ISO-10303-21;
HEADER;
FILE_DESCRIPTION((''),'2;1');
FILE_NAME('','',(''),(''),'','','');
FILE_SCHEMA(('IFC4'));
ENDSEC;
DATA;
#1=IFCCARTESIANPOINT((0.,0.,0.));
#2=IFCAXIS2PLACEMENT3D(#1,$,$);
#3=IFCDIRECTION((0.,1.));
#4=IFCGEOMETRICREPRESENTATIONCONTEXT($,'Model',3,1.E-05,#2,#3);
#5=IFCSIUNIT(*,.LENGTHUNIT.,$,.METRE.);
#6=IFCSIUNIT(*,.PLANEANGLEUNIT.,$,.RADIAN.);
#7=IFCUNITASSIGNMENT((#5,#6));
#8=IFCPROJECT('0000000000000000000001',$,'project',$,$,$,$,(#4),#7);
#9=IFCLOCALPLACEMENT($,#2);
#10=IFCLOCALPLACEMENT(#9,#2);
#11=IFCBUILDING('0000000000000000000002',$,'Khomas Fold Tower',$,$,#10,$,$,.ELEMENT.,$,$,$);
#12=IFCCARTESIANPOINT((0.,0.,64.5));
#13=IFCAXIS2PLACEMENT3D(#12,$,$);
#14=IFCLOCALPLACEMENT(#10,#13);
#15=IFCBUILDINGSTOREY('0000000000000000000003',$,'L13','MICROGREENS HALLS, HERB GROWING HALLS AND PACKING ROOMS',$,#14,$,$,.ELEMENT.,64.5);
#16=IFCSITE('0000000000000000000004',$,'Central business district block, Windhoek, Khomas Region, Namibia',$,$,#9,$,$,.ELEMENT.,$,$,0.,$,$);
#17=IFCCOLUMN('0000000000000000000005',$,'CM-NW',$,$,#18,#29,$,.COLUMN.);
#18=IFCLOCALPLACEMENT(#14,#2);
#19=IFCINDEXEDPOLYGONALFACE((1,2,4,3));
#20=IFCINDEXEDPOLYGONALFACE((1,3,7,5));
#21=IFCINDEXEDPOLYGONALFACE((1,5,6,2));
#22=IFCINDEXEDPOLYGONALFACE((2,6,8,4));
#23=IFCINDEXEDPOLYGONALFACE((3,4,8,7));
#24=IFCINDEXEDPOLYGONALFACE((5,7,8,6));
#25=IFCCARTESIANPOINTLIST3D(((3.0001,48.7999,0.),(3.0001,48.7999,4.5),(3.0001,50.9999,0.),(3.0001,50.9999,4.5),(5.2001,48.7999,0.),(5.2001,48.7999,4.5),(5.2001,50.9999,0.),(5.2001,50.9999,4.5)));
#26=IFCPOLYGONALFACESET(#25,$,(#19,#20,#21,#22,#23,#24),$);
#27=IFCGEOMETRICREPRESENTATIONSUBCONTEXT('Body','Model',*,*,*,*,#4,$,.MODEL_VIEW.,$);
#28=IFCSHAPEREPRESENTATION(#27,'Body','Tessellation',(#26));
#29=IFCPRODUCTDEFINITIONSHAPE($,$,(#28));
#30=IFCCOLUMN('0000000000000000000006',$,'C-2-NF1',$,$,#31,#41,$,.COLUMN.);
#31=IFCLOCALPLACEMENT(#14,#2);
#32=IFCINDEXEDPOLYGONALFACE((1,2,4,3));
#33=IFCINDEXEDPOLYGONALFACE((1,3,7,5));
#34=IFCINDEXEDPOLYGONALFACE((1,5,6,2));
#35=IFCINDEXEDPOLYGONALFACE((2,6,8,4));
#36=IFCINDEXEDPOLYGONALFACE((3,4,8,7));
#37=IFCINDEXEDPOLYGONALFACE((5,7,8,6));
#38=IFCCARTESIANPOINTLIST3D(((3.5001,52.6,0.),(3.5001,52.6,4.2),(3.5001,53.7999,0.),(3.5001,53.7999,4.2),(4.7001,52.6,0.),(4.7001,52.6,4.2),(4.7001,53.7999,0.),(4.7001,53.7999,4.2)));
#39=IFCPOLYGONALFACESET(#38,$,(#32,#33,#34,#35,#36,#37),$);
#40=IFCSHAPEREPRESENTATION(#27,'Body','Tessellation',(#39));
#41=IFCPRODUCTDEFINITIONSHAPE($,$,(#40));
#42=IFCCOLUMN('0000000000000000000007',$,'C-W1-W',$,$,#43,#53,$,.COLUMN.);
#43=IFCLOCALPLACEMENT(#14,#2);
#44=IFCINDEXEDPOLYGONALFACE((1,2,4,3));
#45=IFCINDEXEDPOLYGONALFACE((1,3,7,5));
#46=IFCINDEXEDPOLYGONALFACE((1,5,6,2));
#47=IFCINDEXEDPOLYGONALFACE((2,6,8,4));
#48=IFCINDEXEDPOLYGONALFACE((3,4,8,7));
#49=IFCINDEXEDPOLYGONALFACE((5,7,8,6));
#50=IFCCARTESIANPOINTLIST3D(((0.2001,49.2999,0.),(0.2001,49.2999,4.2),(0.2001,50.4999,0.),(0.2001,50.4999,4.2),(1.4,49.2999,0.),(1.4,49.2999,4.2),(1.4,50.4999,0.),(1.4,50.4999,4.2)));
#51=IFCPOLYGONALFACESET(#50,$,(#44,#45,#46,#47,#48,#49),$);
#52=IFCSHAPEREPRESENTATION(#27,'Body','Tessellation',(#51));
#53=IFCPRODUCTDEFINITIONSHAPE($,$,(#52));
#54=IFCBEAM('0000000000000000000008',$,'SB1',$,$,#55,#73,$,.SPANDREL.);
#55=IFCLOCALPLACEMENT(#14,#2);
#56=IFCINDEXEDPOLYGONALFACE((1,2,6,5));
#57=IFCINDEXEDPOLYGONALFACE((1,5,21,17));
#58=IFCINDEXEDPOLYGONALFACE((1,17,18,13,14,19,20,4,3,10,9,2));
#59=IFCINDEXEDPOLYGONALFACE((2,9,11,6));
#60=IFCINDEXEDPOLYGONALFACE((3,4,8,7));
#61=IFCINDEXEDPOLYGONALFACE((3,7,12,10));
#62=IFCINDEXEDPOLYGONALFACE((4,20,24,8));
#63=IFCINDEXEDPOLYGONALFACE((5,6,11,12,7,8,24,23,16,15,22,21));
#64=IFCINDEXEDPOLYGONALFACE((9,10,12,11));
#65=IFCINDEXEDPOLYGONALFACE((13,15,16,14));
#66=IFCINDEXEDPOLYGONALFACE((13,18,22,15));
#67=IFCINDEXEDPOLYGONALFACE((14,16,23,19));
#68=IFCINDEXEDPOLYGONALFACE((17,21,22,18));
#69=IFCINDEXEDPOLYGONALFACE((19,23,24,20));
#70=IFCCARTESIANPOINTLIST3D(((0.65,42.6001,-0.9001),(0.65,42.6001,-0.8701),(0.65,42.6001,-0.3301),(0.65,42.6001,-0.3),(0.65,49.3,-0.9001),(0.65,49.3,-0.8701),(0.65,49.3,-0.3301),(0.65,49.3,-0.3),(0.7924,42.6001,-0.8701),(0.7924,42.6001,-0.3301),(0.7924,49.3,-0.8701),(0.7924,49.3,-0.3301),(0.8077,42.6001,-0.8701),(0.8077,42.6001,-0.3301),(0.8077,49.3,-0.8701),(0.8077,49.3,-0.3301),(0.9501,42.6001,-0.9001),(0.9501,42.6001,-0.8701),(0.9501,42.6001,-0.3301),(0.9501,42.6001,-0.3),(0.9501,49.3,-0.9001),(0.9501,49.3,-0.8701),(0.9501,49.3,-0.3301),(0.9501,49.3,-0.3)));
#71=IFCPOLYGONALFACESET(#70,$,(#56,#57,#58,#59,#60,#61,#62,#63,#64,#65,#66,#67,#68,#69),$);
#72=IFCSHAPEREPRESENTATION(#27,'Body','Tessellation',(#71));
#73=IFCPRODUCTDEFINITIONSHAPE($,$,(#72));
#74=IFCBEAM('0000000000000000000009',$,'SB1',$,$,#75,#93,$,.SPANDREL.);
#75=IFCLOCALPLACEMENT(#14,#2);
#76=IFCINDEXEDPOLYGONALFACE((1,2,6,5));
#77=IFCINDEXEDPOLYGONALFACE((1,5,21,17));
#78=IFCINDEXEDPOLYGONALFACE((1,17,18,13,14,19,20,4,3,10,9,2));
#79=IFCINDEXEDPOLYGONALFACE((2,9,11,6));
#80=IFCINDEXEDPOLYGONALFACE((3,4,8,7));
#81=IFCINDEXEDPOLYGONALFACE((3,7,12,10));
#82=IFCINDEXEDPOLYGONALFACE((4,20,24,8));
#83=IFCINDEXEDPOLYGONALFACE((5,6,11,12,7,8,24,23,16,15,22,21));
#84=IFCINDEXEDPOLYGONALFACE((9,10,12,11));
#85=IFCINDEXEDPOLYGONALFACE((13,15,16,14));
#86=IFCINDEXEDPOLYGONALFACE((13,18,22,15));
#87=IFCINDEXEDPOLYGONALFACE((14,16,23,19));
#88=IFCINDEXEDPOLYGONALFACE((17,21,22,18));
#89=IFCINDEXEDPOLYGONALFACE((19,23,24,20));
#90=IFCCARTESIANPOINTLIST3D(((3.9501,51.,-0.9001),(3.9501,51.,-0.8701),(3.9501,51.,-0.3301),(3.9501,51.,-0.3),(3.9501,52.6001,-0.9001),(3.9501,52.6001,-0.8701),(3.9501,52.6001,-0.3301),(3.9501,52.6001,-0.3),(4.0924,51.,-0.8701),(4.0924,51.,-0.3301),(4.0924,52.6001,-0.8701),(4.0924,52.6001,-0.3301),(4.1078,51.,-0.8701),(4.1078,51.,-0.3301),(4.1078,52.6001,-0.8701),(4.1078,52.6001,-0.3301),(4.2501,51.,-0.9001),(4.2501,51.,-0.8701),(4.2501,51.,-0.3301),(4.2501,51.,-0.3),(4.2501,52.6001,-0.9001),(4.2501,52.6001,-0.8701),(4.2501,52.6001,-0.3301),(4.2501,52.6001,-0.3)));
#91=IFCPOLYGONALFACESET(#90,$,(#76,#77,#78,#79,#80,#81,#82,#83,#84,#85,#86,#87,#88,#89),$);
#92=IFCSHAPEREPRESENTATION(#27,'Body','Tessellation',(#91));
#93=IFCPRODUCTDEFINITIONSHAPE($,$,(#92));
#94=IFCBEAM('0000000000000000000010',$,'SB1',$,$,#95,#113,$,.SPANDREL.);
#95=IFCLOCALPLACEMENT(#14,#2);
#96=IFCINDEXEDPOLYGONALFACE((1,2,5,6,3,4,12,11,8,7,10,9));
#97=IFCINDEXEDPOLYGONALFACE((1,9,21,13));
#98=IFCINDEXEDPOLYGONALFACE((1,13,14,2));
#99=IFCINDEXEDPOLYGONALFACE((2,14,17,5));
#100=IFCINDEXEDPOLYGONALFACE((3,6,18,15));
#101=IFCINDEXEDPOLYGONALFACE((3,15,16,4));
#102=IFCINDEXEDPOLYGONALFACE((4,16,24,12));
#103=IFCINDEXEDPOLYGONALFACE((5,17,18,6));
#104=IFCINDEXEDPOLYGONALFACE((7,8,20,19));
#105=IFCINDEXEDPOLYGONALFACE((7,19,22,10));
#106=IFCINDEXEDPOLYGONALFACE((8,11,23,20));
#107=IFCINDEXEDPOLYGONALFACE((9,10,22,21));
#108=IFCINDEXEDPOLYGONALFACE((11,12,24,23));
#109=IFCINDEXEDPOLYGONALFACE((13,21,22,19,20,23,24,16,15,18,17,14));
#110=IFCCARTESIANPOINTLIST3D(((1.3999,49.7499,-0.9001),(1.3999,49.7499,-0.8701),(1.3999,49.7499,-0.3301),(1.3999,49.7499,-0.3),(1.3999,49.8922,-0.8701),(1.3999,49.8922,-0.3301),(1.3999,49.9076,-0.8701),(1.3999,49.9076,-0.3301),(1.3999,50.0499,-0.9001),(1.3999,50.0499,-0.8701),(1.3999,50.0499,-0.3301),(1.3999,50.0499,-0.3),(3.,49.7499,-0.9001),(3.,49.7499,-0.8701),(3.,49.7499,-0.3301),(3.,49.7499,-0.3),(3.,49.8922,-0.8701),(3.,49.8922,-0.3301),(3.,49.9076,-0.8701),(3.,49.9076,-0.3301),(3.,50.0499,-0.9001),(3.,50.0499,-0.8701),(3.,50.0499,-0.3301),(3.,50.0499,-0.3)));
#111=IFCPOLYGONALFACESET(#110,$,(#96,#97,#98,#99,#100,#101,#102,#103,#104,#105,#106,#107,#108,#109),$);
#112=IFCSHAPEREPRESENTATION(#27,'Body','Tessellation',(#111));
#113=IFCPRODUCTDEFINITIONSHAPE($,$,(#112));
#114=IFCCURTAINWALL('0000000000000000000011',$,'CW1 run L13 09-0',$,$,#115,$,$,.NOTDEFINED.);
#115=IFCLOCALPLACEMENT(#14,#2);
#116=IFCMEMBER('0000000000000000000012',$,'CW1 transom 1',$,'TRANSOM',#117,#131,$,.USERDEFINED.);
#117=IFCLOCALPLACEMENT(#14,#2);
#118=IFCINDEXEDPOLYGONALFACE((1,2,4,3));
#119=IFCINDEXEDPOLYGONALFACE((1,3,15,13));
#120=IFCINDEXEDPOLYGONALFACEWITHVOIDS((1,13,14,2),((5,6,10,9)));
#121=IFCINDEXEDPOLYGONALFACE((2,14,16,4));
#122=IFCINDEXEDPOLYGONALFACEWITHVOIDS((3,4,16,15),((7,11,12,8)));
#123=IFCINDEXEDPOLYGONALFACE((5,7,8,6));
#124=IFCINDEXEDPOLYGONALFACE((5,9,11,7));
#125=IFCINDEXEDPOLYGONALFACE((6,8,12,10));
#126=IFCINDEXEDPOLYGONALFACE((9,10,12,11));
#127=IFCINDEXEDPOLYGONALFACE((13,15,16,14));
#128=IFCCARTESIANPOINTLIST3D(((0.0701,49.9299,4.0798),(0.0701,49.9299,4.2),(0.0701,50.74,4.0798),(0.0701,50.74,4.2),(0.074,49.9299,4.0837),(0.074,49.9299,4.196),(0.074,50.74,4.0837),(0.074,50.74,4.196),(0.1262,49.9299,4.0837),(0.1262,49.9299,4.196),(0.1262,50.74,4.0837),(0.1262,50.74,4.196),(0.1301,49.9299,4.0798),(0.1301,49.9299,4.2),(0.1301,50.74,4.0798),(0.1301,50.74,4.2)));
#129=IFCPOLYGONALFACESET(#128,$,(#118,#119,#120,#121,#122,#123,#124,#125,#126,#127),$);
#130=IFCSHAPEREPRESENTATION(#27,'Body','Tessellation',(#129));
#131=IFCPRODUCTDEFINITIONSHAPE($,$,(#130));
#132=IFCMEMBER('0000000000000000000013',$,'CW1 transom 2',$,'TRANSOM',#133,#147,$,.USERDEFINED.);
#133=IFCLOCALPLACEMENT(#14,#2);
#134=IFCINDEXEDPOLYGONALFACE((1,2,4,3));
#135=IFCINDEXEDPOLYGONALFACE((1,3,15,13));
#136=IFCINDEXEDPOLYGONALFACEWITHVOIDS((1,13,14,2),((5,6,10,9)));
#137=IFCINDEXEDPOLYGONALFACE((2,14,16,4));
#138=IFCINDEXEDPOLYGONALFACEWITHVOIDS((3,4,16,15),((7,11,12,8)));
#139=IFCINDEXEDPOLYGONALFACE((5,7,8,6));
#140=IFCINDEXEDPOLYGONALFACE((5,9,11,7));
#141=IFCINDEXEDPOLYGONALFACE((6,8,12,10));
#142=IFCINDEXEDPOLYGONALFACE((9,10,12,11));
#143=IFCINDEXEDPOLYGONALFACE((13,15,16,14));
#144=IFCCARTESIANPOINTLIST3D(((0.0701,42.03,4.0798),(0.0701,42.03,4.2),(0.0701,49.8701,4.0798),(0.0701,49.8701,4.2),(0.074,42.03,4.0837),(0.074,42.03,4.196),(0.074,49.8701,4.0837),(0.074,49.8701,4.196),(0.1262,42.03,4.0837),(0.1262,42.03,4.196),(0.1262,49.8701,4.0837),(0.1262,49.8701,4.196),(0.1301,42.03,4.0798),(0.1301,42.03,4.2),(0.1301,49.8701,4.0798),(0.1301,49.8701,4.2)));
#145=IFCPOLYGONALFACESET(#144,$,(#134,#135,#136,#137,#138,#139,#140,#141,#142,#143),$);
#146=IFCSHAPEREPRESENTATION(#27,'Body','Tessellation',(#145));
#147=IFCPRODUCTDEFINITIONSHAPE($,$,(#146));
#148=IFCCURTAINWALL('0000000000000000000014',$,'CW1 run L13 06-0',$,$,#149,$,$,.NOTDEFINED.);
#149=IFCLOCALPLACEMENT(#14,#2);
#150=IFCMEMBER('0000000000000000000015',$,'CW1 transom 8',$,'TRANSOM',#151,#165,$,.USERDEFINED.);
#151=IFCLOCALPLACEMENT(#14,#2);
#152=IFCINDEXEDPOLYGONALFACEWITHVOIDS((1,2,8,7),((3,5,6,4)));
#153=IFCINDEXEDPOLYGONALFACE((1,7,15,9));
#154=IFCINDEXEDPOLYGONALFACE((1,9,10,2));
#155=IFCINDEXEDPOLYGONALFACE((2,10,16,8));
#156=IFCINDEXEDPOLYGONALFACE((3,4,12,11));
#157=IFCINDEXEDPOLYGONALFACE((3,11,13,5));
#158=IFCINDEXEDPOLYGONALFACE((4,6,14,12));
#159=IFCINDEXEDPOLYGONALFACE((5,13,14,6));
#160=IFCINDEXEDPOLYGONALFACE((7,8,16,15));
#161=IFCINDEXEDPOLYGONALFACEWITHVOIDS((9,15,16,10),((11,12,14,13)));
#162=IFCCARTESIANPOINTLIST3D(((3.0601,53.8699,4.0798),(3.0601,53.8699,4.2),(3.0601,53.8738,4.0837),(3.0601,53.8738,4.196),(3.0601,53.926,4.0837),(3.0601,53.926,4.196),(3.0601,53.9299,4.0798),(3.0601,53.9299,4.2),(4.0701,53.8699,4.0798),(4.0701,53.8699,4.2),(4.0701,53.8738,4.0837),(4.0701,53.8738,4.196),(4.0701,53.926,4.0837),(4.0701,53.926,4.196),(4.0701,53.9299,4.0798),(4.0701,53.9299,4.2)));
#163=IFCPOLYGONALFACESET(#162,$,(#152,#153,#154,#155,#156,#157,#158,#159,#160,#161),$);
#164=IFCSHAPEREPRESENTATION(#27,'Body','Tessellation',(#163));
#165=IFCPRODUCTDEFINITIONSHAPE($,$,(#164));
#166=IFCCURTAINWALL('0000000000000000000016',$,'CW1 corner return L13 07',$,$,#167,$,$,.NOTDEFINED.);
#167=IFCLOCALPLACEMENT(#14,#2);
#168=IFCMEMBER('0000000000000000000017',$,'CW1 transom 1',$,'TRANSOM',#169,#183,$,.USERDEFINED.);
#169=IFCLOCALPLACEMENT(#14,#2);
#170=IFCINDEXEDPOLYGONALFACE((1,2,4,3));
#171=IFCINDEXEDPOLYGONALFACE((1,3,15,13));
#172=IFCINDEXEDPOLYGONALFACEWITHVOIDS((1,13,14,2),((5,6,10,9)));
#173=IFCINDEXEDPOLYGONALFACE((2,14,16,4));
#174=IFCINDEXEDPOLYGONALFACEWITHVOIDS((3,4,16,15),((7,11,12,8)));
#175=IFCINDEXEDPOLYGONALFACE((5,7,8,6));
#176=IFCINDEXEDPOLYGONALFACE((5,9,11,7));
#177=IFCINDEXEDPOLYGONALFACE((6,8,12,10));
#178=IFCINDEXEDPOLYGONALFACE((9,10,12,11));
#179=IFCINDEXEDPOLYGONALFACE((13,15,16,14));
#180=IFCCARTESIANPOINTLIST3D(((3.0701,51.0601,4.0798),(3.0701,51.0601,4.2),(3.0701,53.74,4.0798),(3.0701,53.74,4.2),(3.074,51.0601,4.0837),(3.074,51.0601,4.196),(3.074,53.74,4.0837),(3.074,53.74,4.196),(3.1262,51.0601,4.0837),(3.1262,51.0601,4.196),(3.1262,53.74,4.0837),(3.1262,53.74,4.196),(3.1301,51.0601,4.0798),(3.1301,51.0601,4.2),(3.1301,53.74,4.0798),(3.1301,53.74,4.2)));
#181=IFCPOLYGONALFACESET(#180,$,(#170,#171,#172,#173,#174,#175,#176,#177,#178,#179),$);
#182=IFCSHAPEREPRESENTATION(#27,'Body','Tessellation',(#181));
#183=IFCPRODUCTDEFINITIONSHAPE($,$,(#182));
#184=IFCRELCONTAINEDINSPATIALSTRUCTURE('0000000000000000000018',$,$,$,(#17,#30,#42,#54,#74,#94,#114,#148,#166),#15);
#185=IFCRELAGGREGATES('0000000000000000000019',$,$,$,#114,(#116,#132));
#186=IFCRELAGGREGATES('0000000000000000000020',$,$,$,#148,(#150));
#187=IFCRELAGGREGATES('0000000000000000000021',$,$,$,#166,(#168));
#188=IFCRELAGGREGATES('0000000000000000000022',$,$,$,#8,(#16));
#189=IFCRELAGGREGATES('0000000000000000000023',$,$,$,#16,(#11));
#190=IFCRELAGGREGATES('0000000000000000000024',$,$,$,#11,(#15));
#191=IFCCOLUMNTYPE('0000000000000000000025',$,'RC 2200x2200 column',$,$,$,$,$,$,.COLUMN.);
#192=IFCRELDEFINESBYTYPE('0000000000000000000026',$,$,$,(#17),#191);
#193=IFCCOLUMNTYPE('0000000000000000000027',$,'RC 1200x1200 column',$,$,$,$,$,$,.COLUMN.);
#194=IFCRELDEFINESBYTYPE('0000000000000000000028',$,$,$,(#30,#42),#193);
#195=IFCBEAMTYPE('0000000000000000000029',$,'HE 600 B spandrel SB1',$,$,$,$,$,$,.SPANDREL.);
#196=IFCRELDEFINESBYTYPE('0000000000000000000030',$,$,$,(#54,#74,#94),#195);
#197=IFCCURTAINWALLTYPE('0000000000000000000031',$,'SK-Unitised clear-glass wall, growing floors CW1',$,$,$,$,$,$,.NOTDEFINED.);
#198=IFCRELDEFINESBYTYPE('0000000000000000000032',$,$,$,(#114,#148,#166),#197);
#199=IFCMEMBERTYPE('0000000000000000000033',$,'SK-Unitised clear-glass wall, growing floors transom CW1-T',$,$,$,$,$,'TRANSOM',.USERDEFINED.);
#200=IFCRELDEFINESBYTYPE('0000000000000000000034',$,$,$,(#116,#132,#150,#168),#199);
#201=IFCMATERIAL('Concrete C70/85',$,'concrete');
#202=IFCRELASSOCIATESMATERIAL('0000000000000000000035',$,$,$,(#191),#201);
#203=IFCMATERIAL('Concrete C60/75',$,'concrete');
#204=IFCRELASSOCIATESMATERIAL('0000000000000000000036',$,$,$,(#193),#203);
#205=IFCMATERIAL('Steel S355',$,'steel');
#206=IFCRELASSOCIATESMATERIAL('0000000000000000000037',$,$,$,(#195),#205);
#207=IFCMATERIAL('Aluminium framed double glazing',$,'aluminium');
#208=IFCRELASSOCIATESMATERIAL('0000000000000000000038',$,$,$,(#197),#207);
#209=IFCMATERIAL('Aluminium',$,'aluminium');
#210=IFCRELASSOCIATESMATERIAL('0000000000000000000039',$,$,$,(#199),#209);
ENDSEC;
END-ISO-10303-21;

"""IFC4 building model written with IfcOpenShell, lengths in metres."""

from ifc_helpers import new_model, si_unit, direction, frame, origin, origin_2d, place, context, subcontext, project, spatial, rectangle, hollow_rectangle, i_section, extrude, source, transform, mapped, material, material_profile, profile_set, type_object, element, aggregate, save


model = new_model("IFC4")

# Units and contexts
model_context = context("Model", 3, precision=1e-05, world=origin(), true_north=direction((0.0, 1.0)))
body_context = subcontext(model_context, "Body", "Model", "MODEL_VIEW")
ifc_project = project(units=[si_unit("LENGTHUNIT", "METRE"), si_unit("PLANEANGLEUNIT", "RADIAN")], contexts=[model_context])

# Site, building, storey
site_placement = place(None, origin())
site = spatial("IfcSite", under=ifc_project, at=site_placement, Name="Central business district block, Windhoek, Khomas Region, Namibia", CompositionType="ELEMENT", RefElevation=0.0)
building_placement = place(site_placement, origin())
building = spatial("IfcBuilding", under=site, at=building_placement, Name="Khomas Fold Tower", CompositionType="ELEMENT")
storey_placement = place(building_placement, frame((0.0, 0.0, 64.5)))
storey = spatial("IfcBuildingStorey", under=building, at=storey_placement, Name="L13", Description="MICROGREENS HALLS, HERB GROWING HALLS AND PACKING ROOMS", CompositionType="ELEMENT", Elevation=64.5)

# Columns
ifc_material_1 = material(Name="Concrete C70/85", Category="concrete")
ifc_material_profile_1 = material_profile(ifc_material_1, rectangle(XDim=2.2, YDim=2.2, at=origin_2d()), Name="RC 2200x2200")
ifc_profile_set_1 = profile_set([ifc_material_profile_1], Name="Concrete C70/85")
column_type_1 = type_object("IfcColumnType", Name="RC 2200x2200 column", PredefinedType="COLUMN", material=ifc_profile_set_1)
shared_shape_1 = source(origin(), body_context, "Body", "SweptSolid", [
    extrude(rectangle(XDim=2.2, YDim=2.2, at=origin_2d()), origin(), (0.0, 0.0, 1.0), 4.5),
])
column_placement = place(storey_placement, frame((4.1001, 49.8999, 0.0), z_axis=(0.0, 0.0, 1.0), x_axis=(1.0, 0.0, 0.0)))
element("IfcColumn", 1, at=column_placement, inside=storey, type_object=column_type_1, Name="CM-NW", PredefinedType="COLUMN", context=body_context, shape_type="MappedRepresentation", body=[
    mapped(shared_shape_1, transform((0.0, 0.0, 0.0))),
])
ifc_material_2 = material(Name="Concrete C60/75", Category="concrete")
ifc_material_profile_2 = material_profile(ifc_material_2, rectangle(XDim=1.2, YDim=1.2, at=origin_2d()), Name="RC 1200x1200")
ifc_profile_set_2 = profile_set([ifc_material_profile_2], Name="Concrete C60/75")
column_type_2 = type_object("IfcColumnType", Name="RC 1200x1200 column", PredefinedType="COLUMN", material=ifc_profile_set_2)
shared_shape_2 = source(origin(), body_context, "Body", "SweptSolid", [
    extrude(rectangle(XDim=1.2, YDim=1.2, at=origin_2d()), origin(), (0.0, 0.0, 1.0), 4.2),
])
for number, where, z_axis, x_axis, name in (
    (2, (4.1001, 53.2, 0.0), (0.0, 0.0, 1.0), (1.0, 0.0, 0.0), "C-2-NF1"),
    (3, (0.8, 49.8999, 0.0), (0.0, 0.0, 1.0), (1.0, 0.0, 0.0), "C-W1-W"),
):
    element("IfcColumn", number, at=place(storey_placement, frame(where, z_axis=z_axis, x_axis=x_axis)), inside=storey, type_object=column_type_2, Name=name, PredefinedType="COLUMN", context=body_context, shape_type="MappedRepresentation", body=[
        mapped(shared_shape_2, transform((0.0, 0.0, 0.0))),
    ])

# Beams
ifc_material_3 = material(Name="Steel S355", Category="steel")
ifc_material_profile_3 = material_profile(ifc_material_3, i_section(OverallWidth=0.3, OverallDepth=0.6001, WebThickness=0.0154, FlangeThickness=0.03, at=origin_2d()), Name="HE 600 B")
ifc_profile_set_3 = profile_set([ifc_material_profile_3], Name="Steel S355")
beam_type = type_object("IfcBeamType", Name="HE 600 B spandrel SB1", PredefinedType="SPANDREL", material=ifc_profile_set_3)
shared_shape_3 = source(origin(), body_context, "Body", "SweptSolid", [
    extrude(i_section(OverallWidth=0.3, OverallDepth=0.6001, WebThickness=0.0154, FlangeThickness=0.03, at=origin_2d()), origin(), (0.0, 0.0, 1.0), 6.7),
])
beam_placement = place(storey_placement, frame((0.8, 42.6001, -0.6001), z_axis=(0.0, 1.0, 0.0), x_axis=(-1.0, 0.0, 0.0)))
element("IfcBeam", 4, at=beam_placement, inside=storey, type_object=beam_type, Name="SB1", PredefinedType="SPANDREL", context=body_context, shape_type="MappedRepresentation", body=[
    mapped(shared_shape_3, transform((0.0, 0.0, 0.0))),
])
shared_shape_4 = source(origin(), body_context, "Body", "SweptSolid", [
    extrude(i_section(OverallWidth=0.3, OverallDepth=0.6001, WebThickness=0.0154, FlangeThickness=0.03, at=origin_2d()), origin(), (0.0, 0.0, 1.0), 1.6001),
])
for number, where, z_axis, x_axis, name in (
    (5, (4.1001, 51.0, -0.6001), (0.0, 1.0, 0.0), (-1.0, 0.0, 0.0), "SB1"),
    (6, (1.3999, 49.8999, -0.6001), (1.0, 0.0, 0.0), (0.0, 1.0, 0.0), "SB1"),
):
    element("IfcBeam", number, at=place(storey_placement, frame(where, z_axis=z_axis, x_axis=x_axis)), inside=storey, type_object=beam_type, Name=name, PredefinedType="SPANDREL", context=body_context, shape_type="MappedRepresentation", body=[
        mapped(shared_shape_4, transform((0.0, 0.0, 0.0))),
    ])

# Curtain wall, members
ifc_material_4 = material(Name="Aluminium framed double glazing", Category="aluminium")
curtain_wall_type = type_object("IfcCurtainWallType", Name="SK-Unitised clear-glass wall, growing floors CW1", PredefinedType="NOTDEFINED", material=ifc_material_4)
curtain_wall_1_placement = place(storey_placement, origin())
curtain_wall_1 = element("IfcCurtainWall", 7, at=curtain_wall_1_placement, inside=storey, type_object=curtain_wall_type, Name="CW1 run L13 09-0", PredefinedType="NOTDEFINED")
ifc_material_5 = material(Name="Aluminium", Category="aluminium")
ifc_material_profile_4 = material_profile(ifc_material_5, hollow_rectangle(XDim=0.0601, YDim=0.1201, WallThickness=0.0039, at=origin_2d()), Name="SK-Unitised clear-glass wall, growing floors transom CW1-T")
ifc_profile_set_4 = profile_set([ifc_material_profile_4], Name="Aluminium")
member_type_1 = type_object("IfcMemberType", Name="SK-Unitised clear-glass wall, growing floors transom CW1-T", ElementType="TRANSOM", PredefinedType="USERDEFINED", material=ifc_profile_set_4)
shared_shape_5 = source(origin(), body_context, "Body", "SweptSolid", [
    extrude(hollow_rectangle(XDim=0.0601, YDim=0.1201, WallThickness=0.0039, at=origin_2d()), origin(), (0.0, 0.0, 1.0), 0.8101),
])
member_1_placement = place(storey_placement, frame((0.1001, 50.74, 4.1399), z_axis=(0.0, -1.0, 0.0), x_axis=(1.0, 0.0, 0.0)))
member_1 = element("IfcMember", 8, at=member_1_placement, type_object=member_type_1, Name="CW1 transom 1", ObjectType="TRANSOM", PredefinedType="USERDEFINED", context=body_context, shape_type="MappedRepresentation", body=[
    mapped(shared_shape_5, transform((0.0, 0.0, 0.0))),
])
shared_shape_6 = source(origin(), body_context, "Body", "SweptSolid", [
    extrude(hollow_rectangle(XDim=0.0601, YDim=0.1201, WallThickness=0.0039, at=origin_2d()), origin(), (0.0, 0.0, 1.0), 7.8401),
])
member_2_placement = place(storey_placement, frame((0.1001, 49.8701, 4.1399), z_axis=(0.0, -1.0, 0.0), x_axis=(1.0, 0.0, 0.0)))
member_2 = element("IfcMember", 9, at=member_2_placement, type_object=member_type_1, Name="CW1 transom 2", ObjectType="TRANSOM", PredefinedType="USERDEFINED", context=body_context, shape_type="MappedRepresentation", body=[
    mapped(shared_shape_6, transform((0.0, 0.0, 0.0))),
])

# Curtain walls, members
curtain_wall_2_placement = place(storey_placement, origin())
curtain_wall_2 = element("IfcCurtainWall", 10, at=curtain_wall_2_placement, inside=storey, type_object=curtain_wall_type, Name="CW1 run L13 06-0", PredefinedType="NOTDEFINED")
shared_shape_7 = source(origin(), body_context, "Body", "SweptSolid", [
    extrude(hollow_rectangle(XDim=0.0601, YDim=0.1201, WallThickness=0.0039, at=origin_2d()), origin(), (0.0, 0.0, 1.0), 1.01),
])
member_3_placement = place(storey_placement, frame((4.0701, 53.8999, 4.1399), z_axis=(-1.0, 0.0, 0.0), x_axis=(0.0, -1.0, 0.0)))
member_3 = element("IfcMember", 11, at=member_3_placement, type_object=member_type_1, Name="CW1 transom 8", ObjectType="TRANSOM", PredefinedType="USERDEFINED", context=body_context, shape_type="MappedRepresentation", body=[
    mapped(shared_shape_7, transform((0.0, 0.0, 0.0))),
])
curtain_wall_3_placement = place(storey_placement, origin())
curtain_wall_3 = element("IfcCurtainWall", 12, at=curtain_wall_3_placement, inside=storey, type_object=curtain_wall_type, Name="CW1 corner return L13 07", PredefinedType="NOTDEFINED")
shared_shape_8 = source(origin(), body_context, "Body", "SweptSolid", [
    extrude(hollow_rectangle(XDim=0.0601, YDim=0.1201, WallThickness=0.0039, at=origin_2d()), origin(), (0.0, 0.0, 1.0), 2.6799),
])
member_4_placement = place(storey_placement, frame((3.1001, 53.74, 4.1399), z_axis=(0.0, -1.0, 0.0), x_axis=(1.0, 0.0, 0.0)))
member_4 = element("IfcMember", 13, at=member_4_placement, type_object=member_type_1, Name="CW1 transom 1", ObjectType="TRANSOM", PredefinedType="USERDEFINED", context=body_context, shape_type="MappedRepresentation", body=[
    mapped(shared_shape_8, transform((0.0, 0.0, 0.0))),
])

aggregate(curtain_wall_1, [member_1, member_2])
aggregate(curtain_wall_2, [member_3])
aggregate(curtain_wall_3, [member_4])

save(model, "model.ifc")
